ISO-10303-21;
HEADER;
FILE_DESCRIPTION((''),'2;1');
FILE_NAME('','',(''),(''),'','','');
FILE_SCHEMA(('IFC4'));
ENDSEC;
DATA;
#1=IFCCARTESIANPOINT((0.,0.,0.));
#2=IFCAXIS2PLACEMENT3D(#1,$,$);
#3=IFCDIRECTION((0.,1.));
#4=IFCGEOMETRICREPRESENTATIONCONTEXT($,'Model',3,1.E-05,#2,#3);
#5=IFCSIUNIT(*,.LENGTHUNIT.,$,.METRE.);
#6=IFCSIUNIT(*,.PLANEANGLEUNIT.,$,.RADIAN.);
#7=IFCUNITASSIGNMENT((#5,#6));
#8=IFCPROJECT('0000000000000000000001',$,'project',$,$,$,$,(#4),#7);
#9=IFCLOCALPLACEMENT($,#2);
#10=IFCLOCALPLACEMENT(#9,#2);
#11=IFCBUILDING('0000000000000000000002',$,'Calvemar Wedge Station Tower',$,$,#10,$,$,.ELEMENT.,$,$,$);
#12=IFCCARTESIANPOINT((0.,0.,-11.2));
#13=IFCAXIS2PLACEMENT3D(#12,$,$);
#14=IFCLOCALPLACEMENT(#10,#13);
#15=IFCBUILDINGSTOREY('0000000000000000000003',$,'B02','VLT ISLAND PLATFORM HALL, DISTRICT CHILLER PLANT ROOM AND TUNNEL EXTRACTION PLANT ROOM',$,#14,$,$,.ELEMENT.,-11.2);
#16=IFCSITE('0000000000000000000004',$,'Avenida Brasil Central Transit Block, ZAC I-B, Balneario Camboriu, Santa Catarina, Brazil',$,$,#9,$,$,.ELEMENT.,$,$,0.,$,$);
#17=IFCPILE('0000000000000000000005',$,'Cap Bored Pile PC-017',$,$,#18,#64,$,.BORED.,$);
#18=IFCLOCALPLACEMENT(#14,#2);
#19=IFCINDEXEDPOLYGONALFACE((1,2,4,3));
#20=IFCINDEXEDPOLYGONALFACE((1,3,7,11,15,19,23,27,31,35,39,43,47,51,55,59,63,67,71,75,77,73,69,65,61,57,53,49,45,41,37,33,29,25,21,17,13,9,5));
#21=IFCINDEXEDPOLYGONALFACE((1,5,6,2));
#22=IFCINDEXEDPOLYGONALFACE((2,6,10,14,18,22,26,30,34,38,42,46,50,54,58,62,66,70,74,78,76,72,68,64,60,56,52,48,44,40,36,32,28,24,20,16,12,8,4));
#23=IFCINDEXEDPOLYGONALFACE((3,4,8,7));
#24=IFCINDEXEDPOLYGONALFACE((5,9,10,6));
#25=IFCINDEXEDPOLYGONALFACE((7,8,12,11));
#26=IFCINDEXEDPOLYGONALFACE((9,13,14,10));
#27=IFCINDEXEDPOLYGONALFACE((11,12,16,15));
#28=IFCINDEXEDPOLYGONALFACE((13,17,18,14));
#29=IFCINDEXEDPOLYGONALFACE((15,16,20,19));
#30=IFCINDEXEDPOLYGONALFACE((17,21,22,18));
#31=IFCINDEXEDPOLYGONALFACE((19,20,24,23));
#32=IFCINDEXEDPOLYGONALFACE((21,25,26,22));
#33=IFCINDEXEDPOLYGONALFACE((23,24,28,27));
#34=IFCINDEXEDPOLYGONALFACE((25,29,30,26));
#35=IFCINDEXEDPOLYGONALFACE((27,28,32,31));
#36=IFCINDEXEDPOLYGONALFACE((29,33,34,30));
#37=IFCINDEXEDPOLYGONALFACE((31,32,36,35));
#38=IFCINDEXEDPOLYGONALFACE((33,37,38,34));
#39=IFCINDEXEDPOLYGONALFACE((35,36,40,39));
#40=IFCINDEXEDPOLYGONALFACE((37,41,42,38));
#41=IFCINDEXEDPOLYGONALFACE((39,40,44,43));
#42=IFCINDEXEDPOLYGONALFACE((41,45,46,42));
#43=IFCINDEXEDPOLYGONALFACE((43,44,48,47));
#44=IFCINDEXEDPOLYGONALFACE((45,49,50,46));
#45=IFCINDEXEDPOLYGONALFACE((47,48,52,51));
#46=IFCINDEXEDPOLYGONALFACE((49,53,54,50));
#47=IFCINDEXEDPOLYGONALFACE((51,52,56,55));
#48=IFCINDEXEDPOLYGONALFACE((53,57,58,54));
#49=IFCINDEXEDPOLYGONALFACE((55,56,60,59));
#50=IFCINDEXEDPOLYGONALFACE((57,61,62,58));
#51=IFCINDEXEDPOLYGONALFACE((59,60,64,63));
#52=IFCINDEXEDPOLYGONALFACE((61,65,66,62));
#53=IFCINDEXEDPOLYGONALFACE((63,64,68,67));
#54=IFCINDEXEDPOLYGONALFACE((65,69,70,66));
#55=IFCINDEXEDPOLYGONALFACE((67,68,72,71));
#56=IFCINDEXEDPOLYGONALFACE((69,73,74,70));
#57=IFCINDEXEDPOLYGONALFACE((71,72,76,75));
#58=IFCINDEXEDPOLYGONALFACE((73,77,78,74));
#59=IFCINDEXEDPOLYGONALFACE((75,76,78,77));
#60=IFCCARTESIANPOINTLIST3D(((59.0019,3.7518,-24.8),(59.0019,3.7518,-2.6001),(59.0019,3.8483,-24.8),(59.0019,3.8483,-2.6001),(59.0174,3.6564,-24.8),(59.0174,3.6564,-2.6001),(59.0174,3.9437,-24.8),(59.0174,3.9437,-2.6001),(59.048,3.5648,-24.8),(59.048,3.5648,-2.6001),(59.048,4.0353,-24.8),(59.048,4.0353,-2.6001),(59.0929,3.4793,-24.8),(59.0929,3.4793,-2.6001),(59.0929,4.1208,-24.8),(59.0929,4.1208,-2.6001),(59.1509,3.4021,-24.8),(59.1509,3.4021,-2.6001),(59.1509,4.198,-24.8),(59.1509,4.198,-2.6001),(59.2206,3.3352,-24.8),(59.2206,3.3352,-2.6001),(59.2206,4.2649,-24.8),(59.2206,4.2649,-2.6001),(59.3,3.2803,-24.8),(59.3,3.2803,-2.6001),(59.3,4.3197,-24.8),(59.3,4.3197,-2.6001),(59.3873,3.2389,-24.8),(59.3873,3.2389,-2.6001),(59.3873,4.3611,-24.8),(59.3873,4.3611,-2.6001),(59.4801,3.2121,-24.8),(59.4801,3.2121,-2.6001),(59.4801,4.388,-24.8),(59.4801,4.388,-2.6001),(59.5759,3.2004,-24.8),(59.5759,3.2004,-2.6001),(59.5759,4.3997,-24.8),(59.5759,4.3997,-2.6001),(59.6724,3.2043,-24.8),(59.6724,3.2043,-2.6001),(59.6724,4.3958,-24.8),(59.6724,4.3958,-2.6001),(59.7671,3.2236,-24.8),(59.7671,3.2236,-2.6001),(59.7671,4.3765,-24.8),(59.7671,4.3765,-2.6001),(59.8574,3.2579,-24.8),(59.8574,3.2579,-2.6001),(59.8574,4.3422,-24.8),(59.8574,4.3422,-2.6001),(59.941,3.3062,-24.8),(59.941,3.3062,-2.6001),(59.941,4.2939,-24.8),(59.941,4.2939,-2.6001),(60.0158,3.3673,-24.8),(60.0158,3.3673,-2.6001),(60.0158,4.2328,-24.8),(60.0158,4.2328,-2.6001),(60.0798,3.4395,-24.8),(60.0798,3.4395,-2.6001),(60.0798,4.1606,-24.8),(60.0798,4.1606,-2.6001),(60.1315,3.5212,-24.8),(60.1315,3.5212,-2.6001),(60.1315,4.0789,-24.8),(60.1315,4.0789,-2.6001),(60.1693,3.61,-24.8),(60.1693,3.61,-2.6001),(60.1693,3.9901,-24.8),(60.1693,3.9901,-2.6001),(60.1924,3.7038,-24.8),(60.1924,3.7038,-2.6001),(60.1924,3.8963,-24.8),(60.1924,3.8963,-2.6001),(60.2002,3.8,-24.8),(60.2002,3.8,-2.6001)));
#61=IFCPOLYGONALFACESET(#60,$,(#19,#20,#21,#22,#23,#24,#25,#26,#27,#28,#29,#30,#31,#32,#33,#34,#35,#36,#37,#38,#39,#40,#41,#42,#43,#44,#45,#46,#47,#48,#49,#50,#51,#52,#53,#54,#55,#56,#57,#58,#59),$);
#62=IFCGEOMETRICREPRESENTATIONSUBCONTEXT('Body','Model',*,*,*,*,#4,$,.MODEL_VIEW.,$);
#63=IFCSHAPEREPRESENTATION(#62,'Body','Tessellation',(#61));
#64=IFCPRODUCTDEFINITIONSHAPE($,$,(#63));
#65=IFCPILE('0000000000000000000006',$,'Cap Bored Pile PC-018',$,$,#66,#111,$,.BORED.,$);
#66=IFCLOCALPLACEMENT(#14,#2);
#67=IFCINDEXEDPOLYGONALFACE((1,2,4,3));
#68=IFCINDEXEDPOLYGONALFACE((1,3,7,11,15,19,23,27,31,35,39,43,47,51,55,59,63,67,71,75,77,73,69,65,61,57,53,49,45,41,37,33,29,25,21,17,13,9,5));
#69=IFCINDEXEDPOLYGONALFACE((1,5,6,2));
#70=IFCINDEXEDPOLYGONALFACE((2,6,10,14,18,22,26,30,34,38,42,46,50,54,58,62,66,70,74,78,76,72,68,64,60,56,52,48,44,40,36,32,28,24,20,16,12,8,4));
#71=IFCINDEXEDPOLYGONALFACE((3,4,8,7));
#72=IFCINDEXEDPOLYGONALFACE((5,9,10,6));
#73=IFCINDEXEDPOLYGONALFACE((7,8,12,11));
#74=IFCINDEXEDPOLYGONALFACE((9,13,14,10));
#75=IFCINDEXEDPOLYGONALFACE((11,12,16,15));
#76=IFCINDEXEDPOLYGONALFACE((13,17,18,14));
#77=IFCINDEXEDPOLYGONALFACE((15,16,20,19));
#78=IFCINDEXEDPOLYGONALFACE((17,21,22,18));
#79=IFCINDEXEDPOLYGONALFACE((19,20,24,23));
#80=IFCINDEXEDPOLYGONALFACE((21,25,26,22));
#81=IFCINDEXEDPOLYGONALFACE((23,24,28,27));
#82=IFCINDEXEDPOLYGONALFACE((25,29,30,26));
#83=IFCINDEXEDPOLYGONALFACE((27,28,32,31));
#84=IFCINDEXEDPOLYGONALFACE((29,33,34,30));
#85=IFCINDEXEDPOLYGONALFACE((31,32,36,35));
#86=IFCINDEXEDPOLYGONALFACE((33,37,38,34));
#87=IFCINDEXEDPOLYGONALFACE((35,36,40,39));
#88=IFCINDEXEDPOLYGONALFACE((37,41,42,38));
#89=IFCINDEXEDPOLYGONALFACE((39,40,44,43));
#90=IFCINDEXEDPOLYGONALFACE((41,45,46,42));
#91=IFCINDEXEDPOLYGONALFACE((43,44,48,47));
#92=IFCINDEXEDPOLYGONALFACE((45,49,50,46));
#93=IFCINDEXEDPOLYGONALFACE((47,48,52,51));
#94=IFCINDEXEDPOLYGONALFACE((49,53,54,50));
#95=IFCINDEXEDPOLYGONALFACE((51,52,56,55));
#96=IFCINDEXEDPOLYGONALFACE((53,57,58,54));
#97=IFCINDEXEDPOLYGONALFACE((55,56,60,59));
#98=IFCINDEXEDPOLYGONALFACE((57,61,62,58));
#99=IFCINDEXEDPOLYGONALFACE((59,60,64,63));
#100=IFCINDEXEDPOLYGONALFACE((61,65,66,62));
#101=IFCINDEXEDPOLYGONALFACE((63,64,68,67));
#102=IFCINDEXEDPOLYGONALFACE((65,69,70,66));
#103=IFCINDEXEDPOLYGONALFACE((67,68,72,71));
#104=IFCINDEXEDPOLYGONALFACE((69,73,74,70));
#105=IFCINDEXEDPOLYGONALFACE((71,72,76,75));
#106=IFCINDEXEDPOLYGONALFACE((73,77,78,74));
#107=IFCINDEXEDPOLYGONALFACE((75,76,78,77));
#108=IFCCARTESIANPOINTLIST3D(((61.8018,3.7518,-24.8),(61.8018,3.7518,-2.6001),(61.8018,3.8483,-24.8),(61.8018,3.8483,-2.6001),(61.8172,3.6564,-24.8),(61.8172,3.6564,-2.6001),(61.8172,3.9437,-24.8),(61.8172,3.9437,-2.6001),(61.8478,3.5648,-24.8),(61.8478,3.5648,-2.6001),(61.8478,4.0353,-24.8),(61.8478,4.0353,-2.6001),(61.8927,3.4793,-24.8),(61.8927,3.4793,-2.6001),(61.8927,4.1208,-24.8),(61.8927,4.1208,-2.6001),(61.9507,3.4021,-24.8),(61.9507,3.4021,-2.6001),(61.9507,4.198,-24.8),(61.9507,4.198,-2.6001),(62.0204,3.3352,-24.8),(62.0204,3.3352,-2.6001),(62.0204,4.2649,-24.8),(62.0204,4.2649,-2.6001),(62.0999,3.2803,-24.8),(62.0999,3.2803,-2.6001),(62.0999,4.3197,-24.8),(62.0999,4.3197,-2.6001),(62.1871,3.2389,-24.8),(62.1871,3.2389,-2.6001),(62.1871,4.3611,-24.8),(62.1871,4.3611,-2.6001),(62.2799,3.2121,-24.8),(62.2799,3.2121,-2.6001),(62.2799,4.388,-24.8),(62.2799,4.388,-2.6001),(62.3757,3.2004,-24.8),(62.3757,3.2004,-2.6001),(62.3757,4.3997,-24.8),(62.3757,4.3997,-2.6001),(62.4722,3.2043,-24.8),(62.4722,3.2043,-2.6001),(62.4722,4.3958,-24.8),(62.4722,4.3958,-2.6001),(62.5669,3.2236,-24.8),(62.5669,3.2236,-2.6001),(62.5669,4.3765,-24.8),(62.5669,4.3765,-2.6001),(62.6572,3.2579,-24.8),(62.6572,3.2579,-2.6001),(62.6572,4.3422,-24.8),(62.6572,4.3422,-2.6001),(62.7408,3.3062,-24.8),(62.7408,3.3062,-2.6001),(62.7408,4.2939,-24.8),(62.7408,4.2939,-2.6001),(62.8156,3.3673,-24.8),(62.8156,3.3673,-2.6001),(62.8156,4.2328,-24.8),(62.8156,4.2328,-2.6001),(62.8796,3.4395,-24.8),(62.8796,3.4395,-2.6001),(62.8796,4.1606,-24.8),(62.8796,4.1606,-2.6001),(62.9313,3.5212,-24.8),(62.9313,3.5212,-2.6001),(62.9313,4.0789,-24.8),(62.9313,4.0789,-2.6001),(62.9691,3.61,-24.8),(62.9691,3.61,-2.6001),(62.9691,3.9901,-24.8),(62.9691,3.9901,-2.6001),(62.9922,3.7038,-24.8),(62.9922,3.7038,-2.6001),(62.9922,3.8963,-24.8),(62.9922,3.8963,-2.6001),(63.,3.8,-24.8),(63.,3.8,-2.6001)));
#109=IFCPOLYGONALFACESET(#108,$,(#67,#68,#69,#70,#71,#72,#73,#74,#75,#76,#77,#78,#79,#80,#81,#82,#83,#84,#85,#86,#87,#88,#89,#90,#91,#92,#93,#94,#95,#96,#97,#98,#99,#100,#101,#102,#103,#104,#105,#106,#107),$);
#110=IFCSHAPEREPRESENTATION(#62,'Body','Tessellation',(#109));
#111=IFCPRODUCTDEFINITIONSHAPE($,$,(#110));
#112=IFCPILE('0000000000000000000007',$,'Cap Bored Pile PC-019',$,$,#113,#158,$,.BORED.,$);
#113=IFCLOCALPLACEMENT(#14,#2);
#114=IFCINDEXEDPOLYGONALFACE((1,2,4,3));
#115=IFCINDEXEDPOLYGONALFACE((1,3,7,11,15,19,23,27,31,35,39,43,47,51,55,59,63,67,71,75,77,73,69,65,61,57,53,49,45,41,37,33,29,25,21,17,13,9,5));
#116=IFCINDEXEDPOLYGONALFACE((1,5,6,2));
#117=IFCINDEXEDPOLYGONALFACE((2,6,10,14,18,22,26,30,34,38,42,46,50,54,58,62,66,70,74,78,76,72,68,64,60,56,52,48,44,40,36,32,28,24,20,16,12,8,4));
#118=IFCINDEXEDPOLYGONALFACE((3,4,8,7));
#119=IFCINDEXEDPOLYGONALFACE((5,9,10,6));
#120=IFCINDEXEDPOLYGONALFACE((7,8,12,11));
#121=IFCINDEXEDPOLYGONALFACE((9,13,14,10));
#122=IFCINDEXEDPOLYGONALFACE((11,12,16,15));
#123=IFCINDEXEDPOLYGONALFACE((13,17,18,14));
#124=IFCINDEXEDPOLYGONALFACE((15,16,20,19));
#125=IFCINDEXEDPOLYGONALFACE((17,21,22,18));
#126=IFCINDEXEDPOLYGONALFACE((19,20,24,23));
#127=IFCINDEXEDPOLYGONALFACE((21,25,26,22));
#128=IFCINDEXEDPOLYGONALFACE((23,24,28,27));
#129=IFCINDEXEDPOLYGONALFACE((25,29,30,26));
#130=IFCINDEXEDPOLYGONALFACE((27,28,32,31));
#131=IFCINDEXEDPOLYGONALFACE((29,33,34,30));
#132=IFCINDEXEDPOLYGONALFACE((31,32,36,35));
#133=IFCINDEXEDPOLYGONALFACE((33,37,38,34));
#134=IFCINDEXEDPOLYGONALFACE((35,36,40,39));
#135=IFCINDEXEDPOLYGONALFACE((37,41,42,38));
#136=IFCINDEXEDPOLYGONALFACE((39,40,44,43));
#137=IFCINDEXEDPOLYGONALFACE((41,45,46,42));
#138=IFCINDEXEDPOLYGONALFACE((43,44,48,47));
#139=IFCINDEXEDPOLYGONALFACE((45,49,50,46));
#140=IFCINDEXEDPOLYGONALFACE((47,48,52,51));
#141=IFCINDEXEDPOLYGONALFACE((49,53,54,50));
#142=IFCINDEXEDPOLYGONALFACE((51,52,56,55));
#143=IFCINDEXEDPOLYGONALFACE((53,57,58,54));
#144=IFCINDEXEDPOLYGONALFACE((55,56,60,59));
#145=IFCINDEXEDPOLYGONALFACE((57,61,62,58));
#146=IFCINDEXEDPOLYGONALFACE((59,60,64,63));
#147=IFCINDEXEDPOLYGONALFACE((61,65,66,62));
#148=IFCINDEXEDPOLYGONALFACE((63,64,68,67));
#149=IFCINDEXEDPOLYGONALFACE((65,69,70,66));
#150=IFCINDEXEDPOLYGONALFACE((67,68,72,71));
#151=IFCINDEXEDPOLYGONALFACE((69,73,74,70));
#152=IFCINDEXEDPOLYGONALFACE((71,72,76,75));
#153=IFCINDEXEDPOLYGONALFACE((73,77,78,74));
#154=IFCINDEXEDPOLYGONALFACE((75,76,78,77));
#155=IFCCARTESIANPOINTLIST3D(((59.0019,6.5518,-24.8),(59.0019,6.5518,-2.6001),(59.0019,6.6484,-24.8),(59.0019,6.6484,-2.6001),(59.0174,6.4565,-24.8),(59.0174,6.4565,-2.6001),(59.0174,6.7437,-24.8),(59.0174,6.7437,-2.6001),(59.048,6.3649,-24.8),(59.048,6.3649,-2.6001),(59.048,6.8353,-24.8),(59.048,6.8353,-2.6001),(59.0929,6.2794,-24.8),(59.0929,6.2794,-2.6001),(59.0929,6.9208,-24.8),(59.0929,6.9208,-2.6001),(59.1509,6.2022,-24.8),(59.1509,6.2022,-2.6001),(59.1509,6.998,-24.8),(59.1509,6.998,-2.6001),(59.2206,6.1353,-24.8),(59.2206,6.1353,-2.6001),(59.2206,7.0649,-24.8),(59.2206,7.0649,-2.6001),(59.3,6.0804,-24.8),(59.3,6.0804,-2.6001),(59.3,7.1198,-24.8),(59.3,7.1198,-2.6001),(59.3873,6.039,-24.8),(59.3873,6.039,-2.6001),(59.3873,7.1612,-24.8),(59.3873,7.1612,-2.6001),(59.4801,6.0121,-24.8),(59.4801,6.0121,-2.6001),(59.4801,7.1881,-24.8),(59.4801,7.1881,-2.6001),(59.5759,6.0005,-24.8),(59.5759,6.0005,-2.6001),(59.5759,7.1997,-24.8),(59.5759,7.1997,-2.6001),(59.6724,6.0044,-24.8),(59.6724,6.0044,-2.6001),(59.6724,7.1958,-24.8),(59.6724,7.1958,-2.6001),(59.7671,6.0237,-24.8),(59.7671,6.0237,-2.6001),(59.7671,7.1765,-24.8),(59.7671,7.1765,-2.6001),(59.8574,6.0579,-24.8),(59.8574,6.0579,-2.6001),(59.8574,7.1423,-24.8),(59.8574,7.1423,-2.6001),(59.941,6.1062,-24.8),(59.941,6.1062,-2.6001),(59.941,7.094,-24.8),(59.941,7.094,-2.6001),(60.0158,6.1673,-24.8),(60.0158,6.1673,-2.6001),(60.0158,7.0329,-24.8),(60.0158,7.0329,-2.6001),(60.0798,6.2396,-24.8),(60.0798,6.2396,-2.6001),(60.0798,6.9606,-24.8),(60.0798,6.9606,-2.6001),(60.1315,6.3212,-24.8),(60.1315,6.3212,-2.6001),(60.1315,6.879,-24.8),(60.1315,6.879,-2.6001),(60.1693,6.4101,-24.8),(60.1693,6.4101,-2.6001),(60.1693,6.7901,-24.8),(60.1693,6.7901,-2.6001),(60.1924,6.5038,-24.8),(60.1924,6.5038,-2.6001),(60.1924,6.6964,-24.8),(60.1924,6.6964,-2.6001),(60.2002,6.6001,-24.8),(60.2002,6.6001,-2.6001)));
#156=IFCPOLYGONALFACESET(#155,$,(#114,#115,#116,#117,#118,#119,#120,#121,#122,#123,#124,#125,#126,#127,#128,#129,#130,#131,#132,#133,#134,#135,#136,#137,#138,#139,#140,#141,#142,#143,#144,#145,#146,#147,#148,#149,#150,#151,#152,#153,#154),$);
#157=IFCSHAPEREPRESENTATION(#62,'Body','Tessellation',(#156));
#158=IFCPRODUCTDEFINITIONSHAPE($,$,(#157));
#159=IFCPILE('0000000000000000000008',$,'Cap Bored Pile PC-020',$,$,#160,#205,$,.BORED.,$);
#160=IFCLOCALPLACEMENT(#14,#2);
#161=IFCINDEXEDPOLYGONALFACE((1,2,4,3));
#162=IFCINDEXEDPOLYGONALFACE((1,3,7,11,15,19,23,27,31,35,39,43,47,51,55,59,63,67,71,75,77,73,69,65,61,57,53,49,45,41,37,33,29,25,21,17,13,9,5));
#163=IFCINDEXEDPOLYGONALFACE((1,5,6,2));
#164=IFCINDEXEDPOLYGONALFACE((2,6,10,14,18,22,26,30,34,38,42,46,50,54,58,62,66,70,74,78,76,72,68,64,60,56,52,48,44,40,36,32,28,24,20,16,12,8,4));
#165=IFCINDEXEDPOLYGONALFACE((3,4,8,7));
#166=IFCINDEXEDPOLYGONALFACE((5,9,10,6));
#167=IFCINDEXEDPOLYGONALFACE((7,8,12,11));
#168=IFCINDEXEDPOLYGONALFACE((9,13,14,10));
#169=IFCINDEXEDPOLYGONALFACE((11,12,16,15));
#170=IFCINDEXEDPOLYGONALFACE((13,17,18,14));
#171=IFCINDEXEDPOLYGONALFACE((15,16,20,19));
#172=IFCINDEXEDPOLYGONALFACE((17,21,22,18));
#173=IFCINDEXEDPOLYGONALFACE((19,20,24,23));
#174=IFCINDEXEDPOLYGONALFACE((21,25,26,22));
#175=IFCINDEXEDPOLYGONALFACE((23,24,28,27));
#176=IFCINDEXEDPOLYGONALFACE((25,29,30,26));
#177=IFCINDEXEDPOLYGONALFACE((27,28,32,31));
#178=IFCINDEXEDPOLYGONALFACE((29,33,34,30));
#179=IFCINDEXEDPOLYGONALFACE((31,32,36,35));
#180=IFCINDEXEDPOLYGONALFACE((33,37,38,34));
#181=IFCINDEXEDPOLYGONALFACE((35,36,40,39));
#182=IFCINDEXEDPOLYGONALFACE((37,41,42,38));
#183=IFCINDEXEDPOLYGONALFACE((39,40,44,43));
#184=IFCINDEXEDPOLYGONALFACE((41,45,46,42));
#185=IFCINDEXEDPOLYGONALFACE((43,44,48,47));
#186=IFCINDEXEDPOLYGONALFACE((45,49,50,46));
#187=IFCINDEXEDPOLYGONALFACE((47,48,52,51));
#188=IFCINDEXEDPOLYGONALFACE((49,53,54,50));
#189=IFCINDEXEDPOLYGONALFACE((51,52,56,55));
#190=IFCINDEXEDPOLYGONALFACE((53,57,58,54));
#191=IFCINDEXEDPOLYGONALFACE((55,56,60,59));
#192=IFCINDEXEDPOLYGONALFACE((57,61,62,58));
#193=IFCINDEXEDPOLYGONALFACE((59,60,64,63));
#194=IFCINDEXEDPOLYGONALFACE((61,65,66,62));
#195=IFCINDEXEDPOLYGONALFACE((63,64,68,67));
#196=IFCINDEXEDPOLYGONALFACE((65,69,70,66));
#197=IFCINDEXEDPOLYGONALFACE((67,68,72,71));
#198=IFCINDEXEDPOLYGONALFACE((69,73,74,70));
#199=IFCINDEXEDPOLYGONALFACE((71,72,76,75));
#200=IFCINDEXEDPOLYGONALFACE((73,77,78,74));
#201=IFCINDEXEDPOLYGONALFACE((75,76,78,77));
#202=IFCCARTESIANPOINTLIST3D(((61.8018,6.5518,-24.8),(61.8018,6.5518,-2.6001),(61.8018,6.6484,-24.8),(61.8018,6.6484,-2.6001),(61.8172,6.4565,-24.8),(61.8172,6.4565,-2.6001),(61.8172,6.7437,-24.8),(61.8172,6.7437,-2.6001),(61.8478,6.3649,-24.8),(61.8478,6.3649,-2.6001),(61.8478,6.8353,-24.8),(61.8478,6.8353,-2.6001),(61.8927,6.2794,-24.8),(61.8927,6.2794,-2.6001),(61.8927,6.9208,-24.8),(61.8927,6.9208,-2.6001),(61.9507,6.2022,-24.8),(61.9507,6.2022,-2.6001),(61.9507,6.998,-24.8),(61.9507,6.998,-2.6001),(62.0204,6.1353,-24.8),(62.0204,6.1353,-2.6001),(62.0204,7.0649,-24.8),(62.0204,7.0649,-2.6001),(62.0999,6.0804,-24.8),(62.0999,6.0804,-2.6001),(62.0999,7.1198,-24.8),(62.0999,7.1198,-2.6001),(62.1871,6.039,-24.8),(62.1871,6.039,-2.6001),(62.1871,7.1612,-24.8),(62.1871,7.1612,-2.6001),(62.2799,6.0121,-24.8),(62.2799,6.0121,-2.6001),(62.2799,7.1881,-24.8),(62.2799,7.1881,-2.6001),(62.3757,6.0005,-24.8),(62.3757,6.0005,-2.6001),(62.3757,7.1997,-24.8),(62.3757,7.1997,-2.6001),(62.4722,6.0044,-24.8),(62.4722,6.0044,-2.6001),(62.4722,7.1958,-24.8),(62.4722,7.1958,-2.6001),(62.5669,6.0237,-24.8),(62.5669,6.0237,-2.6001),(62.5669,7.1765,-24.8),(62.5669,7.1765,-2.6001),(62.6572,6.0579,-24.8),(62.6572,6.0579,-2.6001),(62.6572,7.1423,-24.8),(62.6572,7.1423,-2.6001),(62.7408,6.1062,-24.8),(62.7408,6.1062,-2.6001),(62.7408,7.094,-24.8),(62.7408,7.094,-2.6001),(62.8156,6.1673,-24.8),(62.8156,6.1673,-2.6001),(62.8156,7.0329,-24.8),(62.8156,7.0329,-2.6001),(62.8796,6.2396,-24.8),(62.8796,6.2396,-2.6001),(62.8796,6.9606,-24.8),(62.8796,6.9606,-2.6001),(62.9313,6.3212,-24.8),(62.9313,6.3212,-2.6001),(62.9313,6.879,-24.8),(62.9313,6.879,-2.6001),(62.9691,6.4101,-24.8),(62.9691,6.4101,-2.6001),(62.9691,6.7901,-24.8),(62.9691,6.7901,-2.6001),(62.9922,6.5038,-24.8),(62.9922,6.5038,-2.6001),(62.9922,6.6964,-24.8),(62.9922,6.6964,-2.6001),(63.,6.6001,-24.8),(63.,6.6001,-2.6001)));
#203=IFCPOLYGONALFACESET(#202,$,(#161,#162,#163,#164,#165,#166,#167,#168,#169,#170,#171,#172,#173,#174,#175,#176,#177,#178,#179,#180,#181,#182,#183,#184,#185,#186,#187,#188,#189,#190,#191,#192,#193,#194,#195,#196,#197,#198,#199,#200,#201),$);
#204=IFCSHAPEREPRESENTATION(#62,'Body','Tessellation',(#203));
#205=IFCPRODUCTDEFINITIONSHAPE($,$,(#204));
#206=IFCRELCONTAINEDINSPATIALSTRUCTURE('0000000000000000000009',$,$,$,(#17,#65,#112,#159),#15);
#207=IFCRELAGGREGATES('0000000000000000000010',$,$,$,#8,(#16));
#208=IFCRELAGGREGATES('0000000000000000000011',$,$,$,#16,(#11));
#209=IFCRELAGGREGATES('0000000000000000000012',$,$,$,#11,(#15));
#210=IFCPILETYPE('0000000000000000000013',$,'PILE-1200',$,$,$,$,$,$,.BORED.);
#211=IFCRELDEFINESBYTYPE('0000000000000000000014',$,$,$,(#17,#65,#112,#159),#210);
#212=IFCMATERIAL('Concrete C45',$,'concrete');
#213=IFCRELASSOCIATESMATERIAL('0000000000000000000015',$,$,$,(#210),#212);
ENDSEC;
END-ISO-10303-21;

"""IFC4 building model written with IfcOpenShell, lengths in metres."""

from ifc_helpers import new_model, si_unit, direction, frame, origin, origin_2d, place, context, subcontext, project, spatial, circle, extrude, material, material_profile, profile_set, type_object, element, save


model = new_model("IFC4")

# Units and contexts
model_context = context("Model", 3, precision=1e-05, world=origin(), true_north=direction((0.0, 1.0)))
body_context = subcontext(model_context, "Body", "Model", "MODEL_VIEW")
ifc_project = project(units=[si_unit("LENGTHUNIT", "METRE"), si_unit("PLANEANGLEUNIT", "RADIAN")], contexts=[model_context])

# Site, building, storey
site_placement = place(None, origin())
site = spatial("IfcSite", under=ifc_project, at=site_placement, Name="Avenida Brasil Central Transit Block, ZAC I-B, Balneario Camboriu, Santa Catarina, Brazil", CompositionType="ELEMENT", RefElevation=0.0)
building_placement = place(site_placement, origin())
building = spatial("IfcBuilding", under=site, at=building_placement, Name="Calvemar Wedge Station Tower", CompositionType="ELEMENT")
storey_placement = place(building_placement, frame((0.0, 0.0, -11.2)))
storey = spatial("IfcBuildingStorey", under=building, at=storey_placement, Name="B02", Description="VLT ISLAND PLATFORM HALL, DISTRICT CHILLER PLANT ROOM AND TUNNEL EXTRACTION PLANT ROOM", CompositionType="ELEMENT", Elevation=-11.2)

# Piles
ifc_material_1 = material(Name="Concrete C45", Category="concrete")
ifc_material_profile_1 = material_profile(ifc_material_1, circle(Radius=0.6001, at=origin_2d()), Name="PILE-D1200")
ifc_profile_set_1 = profile_set([ifc_material_profile_1], Name="Concrete C45")
pile_type = type_object("IfcPileType", Name="PILE-1200", PredefinedType="BORED", material=ifc_profile_set_1)
for number, where, z_axis, x_axis, name in (
    (1, (59.6001, 3.8, -2.6001), (0.0, 0.0, -1.0), (1.0, 0.0, 0.0), "Cap Bored Pile PC-017"),
    (2, (62.3999, 3.8, -2.6001), (0.0, 0.0, -1.0), (1.0, 0.0, 0.0), "Cap Bored Pile PC-018"),
    (3, (59.6001, 6.6001, -2.6001), (0.0, 0.0, -1.0), (1.0, 0.0, 0.0), "Cap Bored Pile PC-019"),
    (4, (62.3999, 6.6001, -2.6001), (0.0, 0.0, -1.0), (1.0, 0.0, 0.0), "Cap Bored Pile PC-020"),
):
    element("IfcPile", number, at=place(storey_placement, frame(where, z_axis=z_axis, x_axis=x_axis)), inside=storey, type_object=pile_type, Name=name, PredefinedType="BORED", context=body_context, shape_type="SweptSolid", body=[
        extrude(circle(Radius=0.6001, at=origin_2d()), origin(), (0.0, 0.0, 1.0), 22.2),
    ])

save(model, "model.ifc")
